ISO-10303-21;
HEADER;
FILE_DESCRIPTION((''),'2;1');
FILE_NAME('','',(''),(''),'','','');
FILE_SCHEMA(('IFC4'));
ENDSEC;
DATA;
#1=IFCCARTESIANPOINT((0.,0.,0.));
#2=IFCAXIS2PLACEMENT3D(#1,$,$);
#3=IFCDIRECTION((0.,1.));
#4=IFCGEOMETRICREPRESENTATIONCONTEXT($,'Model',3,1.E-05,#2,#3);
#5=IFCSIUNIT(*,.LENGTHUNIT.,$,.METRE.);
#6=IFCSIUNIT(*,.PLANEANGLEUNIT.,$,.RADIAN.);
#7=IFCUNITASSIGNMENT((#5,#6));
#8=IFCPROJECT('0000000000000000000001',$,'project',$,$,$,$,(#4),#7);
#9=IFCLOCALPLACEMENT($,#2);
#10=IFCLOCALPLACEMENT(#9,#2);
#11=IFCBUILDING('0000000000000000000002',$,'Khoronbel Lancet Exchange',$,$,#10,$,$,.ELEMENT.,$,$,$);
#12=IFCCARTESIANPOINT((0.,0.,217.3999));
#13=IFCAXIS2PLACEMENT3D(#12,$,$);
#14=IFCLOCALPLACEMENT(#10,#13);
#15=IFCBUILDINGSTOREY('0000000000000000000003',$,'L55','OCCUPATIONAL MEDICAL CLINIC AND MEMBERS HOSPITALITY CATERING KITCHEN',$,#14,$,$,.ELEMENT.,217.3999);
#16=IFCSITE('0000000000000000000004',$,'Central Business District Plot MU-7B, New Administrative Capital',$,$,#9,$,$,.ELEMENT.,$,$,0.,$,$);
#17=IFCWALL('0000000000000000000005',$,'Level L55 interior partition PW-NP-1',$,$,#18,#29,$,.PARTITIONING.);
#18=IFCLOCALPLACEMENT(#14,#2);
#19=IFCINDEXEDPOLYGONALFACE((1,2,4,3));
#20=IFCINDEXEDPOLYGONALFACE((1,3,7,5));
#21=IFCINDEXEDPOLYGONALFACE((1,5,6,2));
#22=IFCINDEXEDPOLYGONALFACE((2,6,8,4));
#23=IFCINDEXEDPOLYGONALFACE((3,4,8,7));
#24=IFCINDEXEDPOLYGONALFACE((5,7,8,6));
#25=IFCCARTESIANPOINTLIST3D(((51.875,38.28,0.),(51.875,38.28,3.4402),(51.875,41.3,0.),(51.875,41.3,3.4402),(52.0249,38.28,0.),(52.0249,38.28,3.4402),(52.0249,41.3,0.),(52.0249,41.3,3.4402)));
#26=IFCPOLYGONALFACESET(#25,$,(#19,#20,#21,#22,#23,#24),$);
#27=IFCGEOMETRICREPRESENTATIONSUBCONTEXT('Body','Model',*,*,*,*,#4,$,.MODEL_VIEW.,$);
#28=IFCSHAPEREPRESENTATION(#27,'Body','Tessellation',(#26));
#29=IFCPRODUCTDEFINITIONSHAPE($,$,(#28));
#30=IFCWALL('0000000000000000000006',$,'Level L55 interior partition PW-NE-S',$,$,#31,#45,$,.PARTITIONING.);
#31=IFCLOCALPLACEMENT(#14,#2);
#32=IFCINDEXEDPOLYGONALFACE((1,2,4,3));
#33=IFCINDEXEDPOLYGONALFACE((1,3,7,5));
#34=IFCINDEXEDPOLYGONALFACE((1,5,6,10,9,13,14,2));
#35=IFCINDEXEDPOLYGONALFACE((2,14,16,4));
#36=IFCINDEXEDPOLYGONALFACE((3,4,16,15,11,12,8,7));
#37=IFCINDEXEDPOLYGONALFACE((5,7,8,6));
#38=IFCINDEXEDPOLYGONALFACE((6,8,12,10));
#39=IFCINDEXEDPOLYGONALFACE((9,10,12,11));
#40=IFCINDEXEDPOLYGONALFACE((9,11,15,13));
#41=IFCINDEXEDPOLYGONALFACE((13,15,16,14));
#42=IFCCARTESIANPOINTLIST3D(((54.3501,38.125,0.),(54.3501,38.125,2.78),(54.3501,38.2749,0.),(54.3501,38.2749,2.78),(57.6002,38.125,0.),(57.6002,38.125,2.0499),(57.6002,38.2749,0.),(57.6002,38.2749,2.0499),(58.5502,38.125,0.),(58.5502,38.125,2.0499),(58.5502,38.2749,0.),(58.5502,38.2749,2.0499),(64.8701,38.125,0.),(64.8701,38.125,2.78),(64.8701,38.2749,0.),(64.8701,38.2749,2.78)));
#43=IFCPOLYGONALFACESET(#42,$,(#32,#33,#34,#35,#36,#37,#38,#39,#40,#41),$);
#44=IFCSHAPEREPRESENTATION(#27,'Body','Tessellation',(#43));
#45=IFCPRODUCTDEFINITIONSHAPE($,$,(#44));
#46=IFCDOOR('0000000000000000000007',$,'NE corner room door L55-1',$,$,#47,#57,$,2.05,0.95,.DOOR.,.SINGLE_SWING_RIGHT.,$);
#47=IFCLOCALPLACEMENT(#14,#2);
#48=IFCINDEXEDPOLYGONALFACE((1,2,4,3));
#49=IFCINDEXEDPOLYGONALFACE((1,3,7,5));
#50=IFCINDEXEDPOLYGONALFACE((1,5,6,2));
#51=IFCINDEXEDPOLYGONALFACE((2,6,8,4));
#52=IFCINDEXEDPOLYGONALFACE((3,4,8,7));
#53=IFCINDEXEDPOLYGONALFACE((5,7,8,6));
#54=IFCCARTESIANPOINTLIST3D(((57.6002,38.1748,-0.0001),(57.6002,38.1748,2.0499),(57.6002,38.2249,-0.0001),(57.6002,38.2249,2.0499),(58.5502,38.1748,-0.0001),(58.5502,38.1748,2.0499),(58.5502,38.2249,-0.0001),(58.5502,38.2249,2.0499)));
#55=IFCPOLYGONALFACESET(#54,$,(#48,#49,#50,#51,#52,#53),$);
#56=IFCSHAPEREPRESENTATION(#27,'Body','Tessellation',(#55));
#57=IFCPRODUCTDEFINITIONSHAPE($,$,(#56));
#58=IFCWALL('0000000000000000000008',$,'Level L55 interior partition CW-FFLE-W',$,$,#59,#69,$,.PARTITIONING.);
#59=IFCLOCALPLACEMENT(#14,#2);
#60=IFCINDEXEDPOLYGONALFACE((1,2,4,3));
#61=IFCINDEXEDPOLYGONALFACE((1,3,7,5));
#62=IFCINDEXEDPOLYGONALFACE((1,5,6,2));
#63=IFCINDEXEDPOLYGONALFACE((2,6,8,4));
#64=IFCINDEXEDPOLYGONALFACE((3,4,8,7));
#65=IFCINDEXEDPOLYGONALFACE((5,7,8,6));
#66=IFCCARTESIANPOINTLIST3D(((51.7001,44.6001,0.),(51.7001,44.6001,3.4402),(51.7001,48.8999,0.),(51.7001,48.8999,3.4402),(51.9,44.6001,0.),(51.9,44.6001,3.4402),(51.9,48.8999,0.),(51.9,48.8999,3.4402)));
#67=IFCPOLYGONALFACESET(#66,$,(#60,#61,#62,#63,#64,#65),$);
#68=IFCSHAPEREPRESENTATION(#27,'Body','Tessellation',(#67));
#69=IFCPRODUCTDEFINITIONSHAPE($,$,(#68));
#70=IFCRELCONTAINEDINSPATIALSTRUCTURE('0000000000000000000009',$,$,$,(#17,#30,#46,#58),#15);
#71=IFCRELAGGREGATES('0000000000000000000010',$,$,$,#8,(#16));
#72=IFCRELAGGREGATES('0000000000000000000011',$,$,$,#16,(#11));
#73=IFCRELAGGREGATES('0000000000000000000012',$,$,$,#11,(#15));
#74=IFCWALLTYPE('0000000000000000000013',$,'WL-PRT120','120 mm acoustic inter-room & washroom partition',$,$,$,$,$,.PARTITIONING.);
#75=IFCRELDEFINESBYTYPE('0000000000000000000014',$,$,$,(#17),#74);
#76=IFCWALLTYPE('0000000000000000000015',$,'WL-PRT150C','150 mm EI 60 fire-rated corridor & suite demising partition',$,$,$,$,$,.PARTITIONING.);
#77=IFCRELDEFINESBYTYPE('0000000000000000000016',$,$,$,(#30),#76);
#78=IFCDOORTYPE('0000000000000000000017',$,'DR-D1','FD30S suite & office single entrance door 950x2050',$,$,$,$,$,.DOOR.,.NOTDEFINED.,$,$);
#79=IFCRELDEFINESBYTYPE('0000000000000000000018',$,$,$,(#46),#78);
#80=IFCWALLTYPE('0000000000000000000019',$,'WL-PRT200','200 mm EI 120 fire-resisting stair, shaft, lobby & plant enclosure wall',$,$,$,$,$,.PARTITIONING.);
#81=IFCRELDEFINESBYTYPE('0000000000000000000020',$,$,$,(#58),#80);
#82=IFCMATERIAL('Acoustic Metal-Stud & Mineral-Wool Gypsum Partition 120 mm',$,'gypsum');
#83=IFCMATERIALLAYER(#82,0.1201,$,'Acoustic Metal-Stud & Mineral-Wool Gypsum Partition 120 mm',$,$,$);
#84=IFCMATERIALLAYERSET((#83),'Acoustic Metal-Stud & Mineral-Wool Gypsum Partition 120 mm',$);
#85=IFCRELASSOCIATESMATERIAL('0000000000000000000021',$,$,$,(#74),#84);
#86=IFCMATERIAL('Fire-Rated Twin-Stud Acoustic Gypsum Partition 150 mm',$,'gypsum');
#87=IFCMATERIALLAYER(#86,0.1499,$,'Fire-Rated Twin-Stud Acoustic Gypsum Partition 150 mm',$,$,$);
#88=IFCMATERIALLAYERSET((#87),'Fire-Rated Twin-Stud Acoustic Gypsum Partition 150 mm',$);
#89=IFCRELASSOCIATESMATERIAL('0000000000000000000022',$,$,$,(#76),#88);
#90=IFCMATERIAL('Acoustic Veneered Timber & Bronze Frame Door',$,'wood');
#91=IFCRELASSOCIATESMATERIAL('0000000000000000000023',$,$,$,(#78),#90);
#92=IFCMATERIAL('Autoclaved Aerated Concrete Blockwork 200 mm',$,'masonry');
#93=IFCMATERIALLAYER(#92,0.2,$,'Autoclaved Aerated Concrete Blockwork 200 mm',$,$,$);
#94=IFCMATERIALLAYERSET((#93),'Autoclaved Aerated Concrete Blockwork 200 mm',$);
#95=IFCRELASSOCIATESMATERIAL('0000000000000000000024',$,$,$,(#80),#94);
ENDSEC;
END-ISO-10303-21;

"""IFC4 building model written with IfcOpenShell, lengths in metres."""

from ifc_helpers import new_model, si_unit, direction, frame, frame_2d, origin, place, context, subcontext, project, spatial, rectangle, extrude, material, layer, layer_set, type_object, element, fill, save


model = new_model("IFC4")

# Units and contexts
model_context = context("Model", 3, precision=1e-05, world=origin(), true_north=direction((0.0, 1.0)))
body_context = subcontext(model_context, "Body", "Model", "MODEL_VIEW")
ifc_project = project(units=[si_unit("LENGTHUNIT", "METRE"), si_unit("PLANEANGLEUNIT", "RADIAN")], contexts=[model_context])

# Site, building, storey
site_placement = place(None, origin())
site = spatial("IfcSite", under=ifc_project, at=site_placement, Name="Central Business District Plot MU-7B, New Administrative Capital", CompositionType="ELEMENT", RefElevation=0.0)
building_placement = place(site_placement, origin())
building = spatial("IfcBuilding", under=site, at=building_placement, Name="Khoronbel Lancet Exchange", CompositionType="ELEMENT")
storey_placement = place(building_placement, frame((0.0, 0.0, 217.3999)))
storey = spatial("IfcBuildingStorey", under=building, at=storey_placement, Name="L55", Description="OCCUPATIONAL MEDICAL CLINIC AND MEMBERS HOSPITALITY CATERING KITCHEN", CompositionType="ELEMENT", Elevation=217.3999)

# Wall
ifc_material_1 = material(Name="Acoustic Metal-Stud & Mineral-Wool Gypsum Partition 120 mm", Category="gypsum")
ifc_layer_1 = layer(ifc_material_1, 0.1201, Name="Acoustic Metal-Stud & Mineral-Wool Gypsum Partition 120 mm")
ifc_layer_set_1 = layer_set([ifc_layer_1], Name="Acoustic Metal-Stud & Mineral-Wool Gypsum Partition 120 mm")
wall_type_1 = type_object("IfcWallType", Name="WL-PRT120", Description="120 mm acoustic inter-room & washroom partition", PredefinedType="PARTITIONING", material=ifc_layer_set_1)
wall_1_placement = place(storey_placement, frame((51.95, 38.28, 0.0), z_axis=(0.0, 0.0, 1.0), x_axis=(0.0, 1.0, 0.0)))
element("IfcWall", 1, at=wall_1_placement, inside=storey, type_object=wall_type_1, Name="Level L55 interior partition PW-NP-1", PredefinedType="PARTITIONING", context=body_context, shape_type="SweptSolid", body=[
    extrude(rectangle(XDim=3.02, YDim=0.1499, at=frame_2d((1.51, 0.0))), origin(), (0.0, 0.0, 1.0), 3.4402),
])

# Wall, opening, door
ifc_material_2 = material(Name="Fire-Rated Twin-Stud Acoustic Gypsum Partition 150 mm", Category="gypsum")
ifc_layer_2 = layer(ifc_material_2, 0.1499, Name="Fire-Rated Twin-Stud Acoustic Gypsum Partition 150 mm")
ifc_layer_set_2 = layer_set([ifc_layer_2], Name="Fire-Rated Twin-Stud Acoustic Gypsum Partition 150 mm")
wall_type_2 = type_object("IfcWallType", Name="WL-PRT150C", Description="150 mm EI 60 fire-rated corridor & suite demising partition", PredefinedType="PARTITIONING", material=ifc_layer_set_2)
wall_2_placement = place(storey_placement, frame((54.3501, 38.2, 0.0), z_axis=(0.0, 0.0, 1.0), x_axis=(1.0, 0.0, 0.0)))
wall_2 = element("IfcWall", 2, at=wall_2_placement, inside=storey, type_object=wall_type_2, Name="Level L55 interior partition PW-NE-S", PredefinedType="PARTITIONING", context=body_context, shape_type="SweptSolid", body=[
    extrude(rectangle(XDim=10.52, YDim=0.1499, at=frame_2d((5.26, 0.0))), origin(), (0.0, 0.0, 1.0), 2.78),
])
opening_1_placement = place(wall_2_placement, frame((3.25, 0.0, 0.0)))
opening_1 = element("IfcOpeningElement", 3, at=opening_1_placement, cuts=wall_2, PredefinedType="OPENING", context=body_context, shape_type="SweptSolid", body=[
    extrude(rectangle(XDim=0.95, YDim=2.05, at=frame_2d((0.4751, 1.0249))), frame((0.0, 0.085, 0.0), z_axis=(0.0, -1.0, 0.0), x_axis=(1.0, 0.0, 0.0)), (0.0, 0.0, 1.0), 0.1699),
])
ifc_material_3 = material(Name="Acoustic Veneered Timber & Bronze Frame Door", Category="wood")
door_type_1 = type_object("IfcDoorType", Name="DR-D1", Description="FD30S suite & office single entrance door 950x2050", OperationType="NOTDEFINED", PredefinedType="DOOR", material=ifc_material_3)
door_1_placement = place(opening_1_placement, origin())
door_1 = element("IfcDoor", 4, at=door_1_placement, inside=storey, type_object=door_type_1, Name="NE corner room door L55-1", OperationType="SINGLE_SWING_RIGHT", OverallHeight=2.05, OverallWidth=0.95, PredefinedType="DOOR", context=body_context, shape_type="SweptSolid", body=[
    extrude(rectangle(XDim=0.95, YDim=2.05, at=frame_2d((0.4751, 1.0249))), frame((0.0, 0.0249, 0.0), z_axis=(0.0, -1.0, 0.0), x_axis=(1.0, 0.0, 0.0)), (0.0, 0.0, 1.0), 0.05),
])
fill(opening_1, door_1)

# Wall
ifc_material_4 = material(Name="Autoclaved Aerated Concrete Blockwork 200 mm", Category="masonry")
ifc_layer_3 = layer(ifc_material_4, 0.2, Name="Autoclaved Aerated Concrete Blockwork 200 mm")
ifc_layer_set_3 = layer_set([ifc_layer_3], Name="Autoclaved Aerated Concrete Blockwork 200 mm")
wall_type_3 = type_object("IfcWallType", Name="WL-PRT200", Description="200 mm EI 120 fire-resisting stair, shaft, lobby & plant enclosure wall", PredefinedType="PARTITIONING", material=ifc_layer_set_3)
wall_3_placement = place(storey_placement, frame((51.8, 44.6001, 0.0), z_axis=(0.0, 0.0, 1.0), x_axis=(0.0, 1.0, 0.0)))
element("IfcWall", 5, at=wall_3_placement, inside=storey, type_object=wall_type_3, Name="Level L55 interior partition CW-FFLE-W", PredefinedType="PARTITIONING", context=body_context, shape_type="SweptSolid", body=[
    extrude(rectangle(XDim=4.2998, YDim=0.2, at=frame_2d((2.1499, 0.0))), origin(), (0.0, 0.0, 1.0), 3.4402),
])

save(model, "model.ifc")
